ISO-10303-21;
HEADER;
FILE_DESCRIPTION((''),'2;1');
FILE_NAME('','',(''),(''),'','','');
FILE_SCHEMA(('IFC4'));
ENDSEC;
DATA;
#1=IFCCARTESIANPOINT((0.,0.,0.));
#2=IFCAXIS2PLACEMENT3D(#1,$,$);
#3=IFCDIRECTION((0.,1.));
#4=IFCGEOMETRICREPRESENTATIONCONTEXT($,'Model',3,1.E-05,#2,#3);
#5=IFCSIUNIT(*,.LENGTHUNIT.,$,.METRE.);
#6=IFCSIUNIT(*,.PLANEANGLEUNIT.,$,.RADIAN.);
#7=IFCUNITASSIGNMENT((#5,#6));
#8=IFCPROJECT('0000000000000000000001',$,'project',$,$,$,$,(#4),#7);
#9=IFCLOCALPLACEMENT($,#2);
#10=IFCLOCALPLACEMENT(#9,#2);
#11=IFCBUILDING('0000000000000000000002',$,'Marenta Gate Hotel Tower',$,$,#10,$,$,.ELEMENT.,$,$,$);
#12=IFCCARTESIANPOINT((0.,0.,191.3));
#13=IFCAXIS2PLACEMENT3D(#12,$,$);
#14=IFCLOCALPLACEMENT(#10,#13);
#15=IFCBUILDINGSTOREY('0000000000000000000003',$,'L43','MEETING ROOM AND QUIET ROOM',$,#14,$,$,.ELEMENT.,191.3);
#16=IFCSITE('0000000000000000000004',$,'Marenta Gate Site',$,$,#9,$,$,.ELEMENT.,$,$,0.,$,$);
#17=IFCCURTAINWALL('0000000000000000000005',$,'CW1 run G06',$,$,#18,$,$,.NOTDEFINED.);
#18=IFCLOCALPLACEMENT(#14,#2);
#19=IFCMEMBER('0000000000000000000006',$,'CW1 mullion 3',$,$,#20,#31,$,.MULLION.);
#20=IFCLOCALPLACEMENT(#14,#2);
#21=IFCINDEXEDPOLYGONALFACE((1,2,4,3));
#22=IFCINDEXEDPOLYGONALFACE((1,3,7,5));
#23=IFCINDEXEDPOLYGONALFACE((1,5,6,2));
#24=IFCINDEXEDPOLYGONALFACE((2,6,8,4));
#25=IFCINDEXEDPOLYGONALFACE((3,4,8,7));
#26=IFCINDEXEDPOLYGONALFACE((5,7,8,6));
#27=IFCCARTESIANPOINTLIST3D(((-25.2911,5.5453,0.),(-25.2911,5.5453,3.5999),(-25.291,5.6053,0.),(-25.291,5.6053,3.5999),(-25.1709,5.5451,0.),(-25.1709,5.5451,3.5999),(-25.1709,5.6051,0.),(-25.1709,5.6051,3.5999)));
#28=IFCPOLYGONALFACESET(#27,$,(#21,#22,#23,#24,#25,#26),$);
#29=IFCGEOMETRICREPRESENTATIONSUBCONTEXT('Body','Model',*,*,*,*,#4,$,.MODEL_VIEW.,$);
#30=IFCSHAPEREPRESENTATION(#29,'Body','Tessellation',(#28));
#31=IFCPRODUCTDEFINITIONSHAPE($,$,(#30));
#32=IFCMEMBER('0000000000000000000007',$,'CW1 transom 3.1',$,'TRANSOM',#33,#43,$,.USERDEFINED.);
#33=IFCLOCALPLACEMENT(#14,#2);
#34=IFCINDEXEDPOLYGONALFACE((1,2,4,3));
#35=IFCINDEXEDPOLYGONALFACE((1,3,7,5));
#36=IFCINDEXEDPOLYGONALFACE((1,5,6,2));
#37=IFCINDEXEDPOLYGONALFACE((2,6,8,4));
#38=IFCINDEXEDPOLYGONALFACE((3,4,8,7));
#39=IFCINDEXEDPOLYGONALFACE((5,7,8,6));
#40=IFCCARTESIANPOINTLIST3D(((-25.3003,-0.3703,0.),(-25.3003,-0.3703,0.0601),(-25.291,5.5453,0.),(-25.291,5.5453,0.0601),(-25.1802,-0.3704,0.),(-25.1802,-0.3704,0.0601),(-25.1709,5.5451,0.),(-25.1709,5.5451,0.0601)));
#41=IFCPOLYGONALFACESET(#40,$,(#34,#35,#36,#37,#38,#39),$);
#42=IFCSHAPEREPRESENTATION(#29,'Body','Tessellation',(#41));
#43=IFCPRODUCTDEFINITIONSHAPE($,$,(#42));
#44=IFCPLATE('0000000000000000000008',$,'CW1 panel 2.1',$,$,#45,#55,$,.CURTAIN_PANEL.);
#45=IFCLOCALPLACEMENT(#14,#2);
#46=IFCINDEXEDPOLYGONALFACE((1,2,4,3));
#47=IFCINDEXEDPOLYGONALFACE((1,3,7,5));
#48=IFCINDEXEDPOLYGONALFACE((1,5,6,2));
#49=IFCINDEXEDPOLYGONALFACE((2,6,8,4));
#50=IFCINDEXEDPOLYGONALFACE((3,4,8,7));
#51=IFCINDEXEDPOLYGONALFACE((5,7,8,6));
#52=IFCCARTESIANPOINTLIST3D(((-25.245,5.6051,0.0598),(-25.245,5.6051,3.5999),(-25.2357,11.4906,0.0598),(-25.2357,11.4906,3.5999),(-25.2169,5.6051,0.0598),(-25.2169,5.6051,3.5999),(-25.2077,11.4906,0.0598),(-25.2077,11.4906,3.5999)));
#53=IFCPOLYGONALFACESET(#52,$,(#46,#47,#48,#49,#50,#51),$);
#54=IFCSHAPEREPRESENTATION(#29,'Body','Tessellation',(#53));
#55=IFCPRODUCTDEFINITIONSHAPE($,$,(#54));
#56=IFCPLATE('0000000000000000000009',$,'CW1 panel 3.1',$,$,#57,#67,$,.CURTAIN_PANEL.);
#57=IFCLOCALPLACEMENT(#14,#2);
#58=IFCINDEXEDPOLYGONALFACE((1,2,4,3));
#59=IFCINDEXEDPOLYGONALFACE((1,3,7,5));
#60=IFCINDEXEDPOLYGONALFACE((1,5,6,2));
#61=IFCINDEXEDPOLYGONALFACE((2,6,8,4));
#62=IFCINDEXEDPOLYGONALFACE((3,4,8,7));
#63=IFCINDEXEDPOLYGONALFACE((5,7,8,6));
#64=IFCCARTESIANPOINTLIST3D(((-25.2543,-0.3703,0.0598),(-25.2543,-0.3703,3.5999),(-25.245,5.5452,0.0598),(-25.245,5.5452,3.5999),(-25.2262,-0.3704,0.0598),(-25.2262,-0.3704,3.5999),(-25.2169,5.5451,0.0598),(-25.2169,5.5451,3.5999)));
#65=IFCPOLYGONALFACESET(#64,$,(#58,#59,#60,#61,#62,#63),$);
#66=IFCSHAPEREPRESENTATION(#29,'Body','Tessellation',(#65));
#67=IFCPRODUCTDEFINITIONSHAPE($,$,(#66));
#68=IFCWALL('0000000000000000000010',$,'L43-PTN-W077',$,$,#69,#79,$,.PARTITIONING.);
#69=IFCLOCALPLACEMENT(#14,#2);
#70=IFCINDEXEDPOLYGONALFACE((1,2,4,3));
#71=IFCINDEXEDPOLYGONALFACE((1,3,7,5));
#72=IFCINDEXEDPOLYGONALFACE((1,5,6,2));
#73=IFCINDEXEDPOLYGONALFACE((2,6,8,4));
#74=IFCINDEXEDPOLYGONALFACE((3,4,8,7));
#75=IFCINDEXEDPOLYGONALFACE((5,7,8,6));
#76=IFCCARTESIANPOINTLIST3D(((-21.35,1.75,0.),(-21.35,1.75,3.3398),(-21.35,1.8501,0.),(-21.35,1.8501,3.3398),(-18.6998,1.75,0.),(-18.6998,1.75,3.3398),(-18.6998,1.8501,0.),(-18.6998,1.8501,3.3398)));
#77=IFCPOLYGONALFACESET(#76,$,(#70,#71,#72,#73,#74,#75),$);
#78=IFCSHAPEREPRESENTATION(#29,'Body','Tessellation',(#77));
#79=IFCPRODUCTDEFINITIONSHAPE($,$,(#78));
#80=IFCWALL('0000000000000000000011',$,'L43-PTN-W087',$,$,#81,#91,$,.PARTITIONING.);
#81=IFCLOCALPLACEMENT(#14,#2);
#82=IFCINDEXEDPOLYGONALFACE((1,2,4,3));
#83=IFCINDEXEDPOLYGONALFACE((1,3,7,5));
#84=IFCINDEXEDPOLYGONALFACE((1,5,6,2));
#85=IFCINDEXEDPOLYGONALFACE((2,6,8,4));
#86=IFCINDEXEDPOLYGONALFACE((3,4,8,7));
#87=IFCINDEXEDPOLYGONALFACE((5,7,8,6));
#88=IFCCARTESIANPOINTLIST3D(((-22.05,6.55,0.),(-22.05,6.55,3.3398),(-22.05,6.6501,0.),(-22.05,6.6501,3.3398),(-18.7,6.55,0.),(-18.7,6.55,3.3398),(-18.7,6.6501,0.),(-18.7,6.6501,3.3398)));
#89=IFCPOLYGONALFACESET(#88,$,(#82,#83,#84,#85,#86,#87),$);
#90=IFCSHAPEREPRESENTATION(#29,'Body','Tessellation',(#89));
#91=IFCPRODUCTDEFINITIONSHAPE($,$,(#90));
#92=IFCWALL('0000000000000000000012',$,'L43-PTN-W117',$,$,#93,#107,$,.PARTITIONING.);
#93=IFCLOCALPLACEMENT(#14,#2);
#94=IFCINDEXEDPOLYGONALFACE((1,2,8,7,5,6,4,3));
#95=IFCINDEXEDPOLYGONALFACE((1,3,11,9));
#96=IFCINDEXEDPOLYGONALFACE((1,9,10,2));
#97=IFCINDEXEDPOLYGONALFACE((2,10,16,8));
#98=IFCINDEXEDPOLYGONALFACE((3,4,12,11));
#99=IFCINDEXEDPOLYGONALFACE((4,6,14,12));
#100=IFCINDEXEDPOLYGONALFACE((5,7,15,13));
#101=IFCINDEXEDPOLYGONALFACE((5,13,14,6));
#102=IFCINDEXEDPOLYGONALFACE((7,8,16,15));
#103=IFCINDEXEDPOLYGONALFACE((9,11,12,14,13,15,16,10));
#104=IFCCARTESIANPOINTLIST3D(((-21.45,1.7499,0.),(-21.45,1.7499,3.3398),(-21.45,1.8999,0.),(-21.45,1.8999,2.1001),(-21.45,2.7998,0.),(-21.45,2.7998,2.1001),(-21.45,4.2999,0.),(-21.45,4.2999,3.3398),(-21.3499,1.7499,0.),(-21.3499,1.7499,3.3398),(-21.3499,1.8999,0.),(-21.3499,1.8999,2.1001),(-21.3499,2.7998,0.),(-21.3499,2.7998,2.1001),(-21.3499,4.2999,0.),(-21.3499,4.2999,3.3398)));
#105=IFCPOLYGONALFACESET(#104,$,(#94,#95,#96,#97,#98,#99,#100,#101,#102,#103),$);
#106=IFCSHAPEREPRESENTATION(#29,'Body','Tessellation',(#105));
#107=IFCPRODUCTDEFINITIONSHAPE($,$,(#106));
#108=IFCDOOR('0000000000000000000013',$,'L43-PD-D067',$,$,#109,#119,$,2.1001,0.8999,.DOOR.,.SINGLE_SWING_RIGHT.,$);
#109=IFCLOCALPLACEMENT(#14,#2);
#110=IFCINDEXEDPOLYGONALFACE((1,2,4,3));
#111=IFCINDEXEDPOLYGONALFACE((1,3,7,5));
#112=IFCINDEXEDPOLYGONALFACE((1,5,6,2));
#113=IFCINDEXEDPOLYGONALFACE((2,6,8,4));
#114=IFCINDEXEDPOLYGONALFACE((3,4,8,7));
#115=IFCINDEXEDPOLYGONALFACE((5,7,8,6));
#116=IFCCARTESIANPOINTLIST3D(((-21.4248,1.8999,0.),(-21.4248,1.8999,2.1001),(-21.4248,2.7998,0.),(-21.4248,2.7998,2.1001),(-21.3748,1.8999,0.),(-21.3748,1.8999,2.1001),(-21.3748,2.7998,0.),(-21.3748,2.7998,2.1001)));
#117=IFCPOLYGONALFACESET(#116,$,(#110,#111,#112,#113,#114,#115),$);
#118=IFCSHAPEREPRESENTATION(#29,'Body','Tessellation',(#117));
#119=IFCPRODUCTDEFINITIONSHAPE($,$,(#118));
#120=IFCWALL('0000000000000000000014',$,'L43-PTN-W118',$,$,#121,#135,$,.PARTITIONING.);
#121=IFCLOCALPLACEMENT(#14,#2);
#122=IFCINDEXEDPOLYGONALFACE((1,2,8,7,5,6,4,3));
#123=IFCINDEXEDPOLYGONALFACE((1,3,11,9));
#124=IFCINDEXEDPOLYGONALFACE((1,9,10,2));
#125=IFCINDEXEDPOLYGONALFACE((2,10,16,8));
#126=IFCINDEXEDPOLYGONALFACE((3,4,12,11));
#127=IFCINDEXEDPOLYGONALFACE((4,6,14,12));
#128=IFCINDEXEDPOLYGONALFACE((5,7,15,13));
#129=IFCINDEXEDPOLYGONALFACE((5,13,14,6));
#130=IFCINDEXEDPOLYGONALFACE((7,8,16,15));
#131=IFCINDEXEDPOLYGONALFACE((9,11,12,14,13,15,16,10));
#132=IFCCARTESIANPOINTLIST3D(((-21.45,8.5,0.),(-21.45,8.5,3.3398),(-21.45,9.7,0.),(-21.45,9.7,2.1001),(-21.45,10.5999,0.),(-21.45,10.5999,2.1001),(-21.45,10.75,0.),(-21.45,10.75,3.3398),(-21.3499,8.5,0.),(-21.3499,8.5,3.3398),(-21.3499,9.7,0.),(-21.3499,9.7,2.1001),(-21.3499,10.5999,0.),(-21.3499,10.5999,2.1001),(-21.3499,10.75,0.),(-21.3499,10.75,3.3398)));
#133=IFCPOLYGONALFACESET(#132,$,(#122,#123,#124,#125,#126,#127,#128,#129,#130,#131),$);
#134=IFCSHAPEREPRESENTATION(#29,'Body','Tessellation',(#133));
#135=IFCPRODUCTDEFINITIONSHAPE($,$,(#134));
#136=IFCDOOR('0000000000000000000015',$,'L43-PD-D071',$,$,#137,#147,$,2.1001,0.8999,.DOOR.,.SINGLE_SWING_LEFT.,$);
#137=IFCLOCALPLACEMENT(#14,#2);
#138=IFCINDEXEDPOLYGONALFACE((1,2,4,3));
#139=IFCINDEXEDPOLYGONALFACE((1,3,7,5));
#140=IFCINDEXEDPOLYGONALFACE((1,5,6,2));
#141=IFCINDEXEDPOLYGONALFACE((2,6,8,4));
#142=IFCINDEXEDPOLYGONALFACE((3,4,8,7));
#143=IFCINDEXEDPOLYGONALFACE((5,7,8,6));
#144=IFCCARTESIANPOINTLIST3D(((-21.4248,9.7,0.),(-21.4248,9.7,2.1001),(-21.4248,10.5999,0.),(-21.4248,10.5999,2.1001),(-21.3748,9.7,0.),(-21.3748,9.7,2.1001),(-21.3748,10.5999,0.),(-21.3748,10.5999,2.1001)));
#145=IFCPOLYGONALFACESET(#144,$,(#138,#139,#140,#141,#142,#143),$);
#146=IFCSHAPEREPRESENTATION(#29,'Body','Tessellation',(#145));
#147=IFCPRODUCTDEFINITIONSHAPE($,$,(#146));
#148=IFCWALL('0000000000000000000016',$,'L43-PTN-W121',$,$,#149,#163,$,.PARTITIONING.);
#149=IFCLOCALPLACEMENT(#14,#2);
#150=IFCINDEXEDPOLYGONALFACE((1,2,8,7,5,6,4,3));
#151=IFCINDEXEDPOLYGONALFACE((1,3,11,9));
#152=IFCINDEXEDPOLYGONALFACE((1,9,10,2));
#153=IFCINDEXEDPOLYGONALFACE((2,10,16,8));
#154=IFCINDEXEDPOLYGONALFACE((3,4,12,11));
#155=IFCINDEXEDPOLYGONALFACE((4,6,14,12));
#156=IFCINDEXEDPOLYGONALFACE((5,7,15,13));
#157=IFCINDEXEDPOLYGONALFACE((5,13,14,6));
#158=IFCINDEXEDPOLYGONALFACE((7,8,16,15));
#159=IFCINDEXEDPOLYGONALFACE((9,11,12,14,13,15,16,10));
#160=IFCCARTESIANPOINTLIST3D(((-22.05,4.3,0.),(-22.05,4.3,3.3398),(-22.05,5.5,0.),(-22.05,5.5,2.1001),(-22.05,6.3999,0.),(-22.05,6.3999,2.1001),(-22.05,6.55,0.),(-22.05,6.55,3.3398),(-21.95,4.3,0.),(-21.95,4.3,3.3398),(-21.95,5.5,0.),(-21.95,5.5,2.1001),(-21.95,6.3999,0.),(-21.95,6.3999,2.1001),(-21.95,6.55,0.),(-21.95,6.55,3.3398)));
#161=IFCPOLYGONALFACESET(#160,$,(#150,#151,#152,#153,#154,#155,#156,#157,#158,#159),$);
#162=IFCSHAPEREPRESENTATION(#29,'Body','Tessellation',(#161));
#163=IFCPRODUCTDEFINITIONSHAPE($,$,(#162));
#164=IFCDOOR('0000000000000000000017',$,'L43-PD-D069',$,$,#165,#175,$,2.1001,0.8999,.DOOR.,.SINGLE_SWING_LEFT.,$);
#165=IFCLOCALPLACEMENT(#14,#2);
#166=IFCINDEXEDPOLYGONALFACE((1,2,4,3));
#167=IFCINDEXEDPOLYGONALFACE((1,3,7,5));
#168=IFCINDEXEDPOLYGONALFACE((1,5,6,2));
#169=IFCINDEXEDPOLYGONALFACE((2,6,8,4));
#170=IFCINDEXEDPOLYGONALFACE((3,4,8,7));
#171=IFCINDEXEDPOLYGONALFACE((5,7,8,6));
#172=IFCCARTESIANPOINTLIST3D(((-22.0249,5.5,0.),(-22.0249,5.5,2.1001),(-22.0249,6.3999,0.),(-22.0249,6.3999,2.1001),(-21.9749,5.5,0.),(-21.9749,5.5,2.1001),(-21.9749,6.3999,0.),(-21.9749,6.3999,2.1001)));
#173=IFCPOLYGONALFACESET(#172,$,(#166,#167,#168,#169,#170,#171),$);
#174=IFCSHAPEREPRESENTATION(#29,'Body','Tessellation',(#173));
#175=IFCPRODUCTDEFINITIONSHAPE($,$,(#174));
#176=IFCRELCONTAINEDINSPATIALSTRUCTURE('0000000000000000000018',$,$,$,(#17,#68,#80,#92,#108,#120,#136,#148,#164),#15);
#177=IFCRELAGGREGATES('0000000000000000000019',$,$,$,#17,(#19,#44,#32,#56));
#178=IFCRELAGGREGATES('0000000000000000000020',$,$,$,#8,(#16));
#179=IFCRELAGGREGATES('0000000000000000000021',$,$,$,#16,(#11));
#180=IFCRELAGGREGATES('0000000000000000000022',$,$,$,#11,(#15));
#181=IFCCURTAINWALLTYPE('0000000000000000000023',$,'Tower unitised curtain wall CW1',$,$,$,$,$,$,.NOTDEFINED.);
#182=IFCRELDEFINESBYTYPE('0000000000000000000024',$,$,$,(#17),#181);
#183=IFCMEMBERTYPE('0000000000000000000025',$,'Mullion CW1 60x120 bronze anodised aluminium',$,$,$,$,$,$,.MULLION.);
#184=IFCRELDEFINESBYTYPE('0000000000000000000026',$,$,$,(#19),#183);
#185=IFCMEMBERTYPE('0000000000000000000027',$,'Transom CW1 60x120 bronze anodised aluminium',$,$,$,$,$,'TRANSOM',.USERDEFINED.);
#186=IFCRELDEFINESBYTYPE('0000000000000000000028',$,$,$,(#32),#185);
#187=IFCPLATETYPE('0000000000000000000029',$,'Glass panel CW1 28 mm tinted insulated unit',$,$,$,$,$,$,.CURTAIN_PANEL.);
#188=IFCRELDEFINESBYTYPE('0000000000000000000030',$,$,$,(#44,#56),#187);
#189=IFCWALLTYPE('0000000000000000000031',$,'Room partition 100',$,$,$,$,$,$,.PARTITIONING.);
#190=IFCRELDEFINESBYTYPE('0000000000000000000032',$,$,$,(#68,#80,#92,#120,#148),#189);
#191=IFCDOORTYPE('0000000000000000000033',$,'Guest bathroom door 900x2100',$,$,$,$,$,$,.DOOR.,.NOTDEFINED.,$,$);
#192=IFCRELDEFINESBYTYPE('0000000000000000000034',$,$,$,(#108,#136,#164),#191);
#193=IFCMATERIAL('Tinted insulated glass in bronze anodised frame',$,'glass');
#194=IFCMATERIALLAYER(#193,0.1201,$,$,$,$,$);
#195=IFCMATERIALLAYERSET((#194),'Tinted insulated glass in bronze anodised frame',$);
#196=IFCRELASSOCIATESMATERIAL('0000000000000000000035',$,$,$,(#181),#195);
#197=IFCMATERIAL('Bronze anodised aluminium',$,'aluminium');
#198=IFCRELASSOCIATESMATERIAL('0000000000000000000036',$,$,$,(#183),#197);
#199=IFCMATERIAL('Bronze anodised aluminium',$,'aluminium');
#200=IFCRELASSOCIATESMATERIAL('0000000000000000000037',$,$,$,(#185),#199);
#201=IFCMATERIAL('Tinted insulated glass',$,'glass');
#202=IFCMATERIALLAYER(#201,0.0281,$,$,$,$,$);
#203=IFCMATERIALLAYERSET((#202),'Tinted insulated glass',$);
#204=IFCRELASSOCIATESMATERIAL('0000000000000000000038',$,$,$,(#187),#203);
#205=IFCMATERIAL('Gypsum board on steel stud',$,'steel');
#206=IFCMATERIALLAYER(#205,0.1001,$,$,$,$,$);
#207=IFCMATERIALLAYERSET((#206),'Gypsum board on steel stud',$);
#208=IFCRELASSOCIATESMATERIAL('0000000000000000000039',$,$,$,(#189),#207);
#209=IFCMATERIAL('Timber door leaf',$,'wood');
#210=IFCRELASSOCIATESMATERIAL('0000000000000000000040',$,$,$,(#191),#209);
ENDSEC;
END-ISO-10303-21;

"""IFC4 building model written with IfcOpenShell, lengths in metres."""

from ifc_helpers import new_model, si_unit, direction, frame, frame_2d, origin, origin_2d, place, context, subcontext, project, spatial, rectangle, extrude, material, layer, layer_set, material_profile, profile_set, type_object, element, fill, aggregate, save


model = new_model("IFC4")

# Units and contexts
model_context = context("Model", 3, precision=1e-05, world=origin(), true_north=direction((0.0, 1.0)))
body_context = subcontext(model_context, "Body", "Model", "MODEL_VIEW")
ifc_project = project(units=[si_unit("LENGTHUNIT", "METRE"), si_unit("PLANEANGLEUNIT", "RADIAN")], contexts=[model_context])

# Site, building, storey
site_placement = place(None, origin())
site = spatial("IfcSite", under=ifc_project, at=site_placement, Name="Marenta Gate Site", CompositionType="ELEMENT", RefElevation=0.0)
building_placement = place(site_placement, origin())
building = spatial("IfcBuilding", under=site, at=building_placement, Name="Marenta Gate Hotel Tower", CompositionType="ELEMENT")
storey_placement = place(building_placement, frame((0.0, 0.0, 191.3)))
storey = spatial("IfcBuildingStorey", under=building, at=storey_placement, Name="L43", Description="MEETING ROOM AND QUIET ROOM", CompositionType="ELEMENT", Elevation=191.3)

# Curtain wall, members, plates
ifc_material_1 = material(Name="Tinted insulated glass in bronze anodised frame", Category="glass")
ifc_layer_1 = layer(ifc_material_1, 0.1201)
ifc_layer_set_1 = layer_set([ifc_layer_1], Name="Tinted insulated glass in bronze anodised frame")
curtain_wall_type = type_object("IfcCurtainWallType", Name="Tower unitised curtain wall CW1", PredefinedType="NOTDEFINED", material=ifc_layer_set_1)
curtain_wall_placement = place(storey_placement, origin())
curtain_wall = element("IfcCurtainWall", 1, at=curtain_wall_placement, inside=storey, type_object=curtain_wall_type, Name="CW1 run G06", PredefinedType="NOTDEFINED")
ifc_material_2 = material(Name="Bronze anodised aluminium", Category="aluminium")
ifc_material_profile_1 = material_profile(ifc_material_2, rectangle(XDim=0.1201, YDim=0.0601, at=origin_2d()), Name="Mullion CW1 60x120 bronze anodised aluminium")
ifc_profile_set_1 = profile_set([ifc_material_profile_1], Name="Bronze anodised aluminium")
member_type_1 = type_object("IfcMemberType", Name="Mullion CW1 60x120 bronze anodised aluminium", PredefinedType="MULLION", material=ifc_profile_set_1)
member_1_placement = place(storey_placement, frame((-25.231, 5.5752, 0.0), z_axis=(0.0, 0.0, 1.0), x_axis=(0.999999, -0.00157, 0.0)))
member_1 = element("IfcMember", 2, at=member_1_placement, type_object=member_type_1, Name="CW1 mullion 3", PredefinedType="MULLION", context=body_context, shape_type="SweptSolid", body=[
    extrude(rectangle(XDim=0.1201, YDim=0.0601, at=origin_2d()), origin(), (0.0, 0.0, 1.0), 3.5999),
])
ifc_material_3 = material(Name="Bronze anodised aluminium", Category="aluminium")
ifc_material_profile_2 = material_profile(ifc_material_3, rectangle(XDim=0.1201, YDim=0.0601, at=origin_2d()), Name="Transom CW1 60x120 bronze anodised aluminium")
ifc_profile_set_2 = profile_set([ifc_material_profile_2], Name="Bronze anodised aluminium")
member_type_2 = type_object("IfcMemberType", Name="Transom CW1 60x120 bronze anodised aluminium", ElementType="TRANSOM", PredefinedType="USERDEFINED", material=ifc_profile_set_2)
member_2_placement = place(storey_placement, frame((-25.231, 5.5452, 0.03), z_axis=(-0.001568, -0.999999, 0.0), x_axis=(0.999999, -0.001568, 0.0)))
member_2 = element("IfcMember", 3, at=member_2_placement, type_object=member_type_2, Name="CW1 transom 3.1", ObjectType="TRANSOM", PredefinedType="USERDEFINED", context=body_context, shape_type="SweptSolid", body=[
    extrude(rectangle(XDim=0.1201, YDim=0.0601, at=origin_2d()), origin(), (0.0, 0.0, 1.0), 5.9155),
])
ifc_material_4 = material(Name="Tinted insulated glass", Category="glass")
ifc_layer_2 = layer(ifc_material_4, 0.0281)
ifc_layer_set_2 = layer_set([ifc_layer_2], Name="Tinted insulated glass")
plate_type = type_object("IfcPlateType", Name="Glass panel CW1 28 mm tinted insulated unit", PredefinedType="CURTAIN_PANEL", material=ifc_layer_set_2)
plate_1_placement = place(storey_placement, frame((-25.2263, 8.5479, 0.0598), z_axis=(0.0, 0.0, 1.0), x_axis=(-0.00157, -0.999999, 0.0)))
plate_1 = element("IfcPlate", 4, at=plate_1_placement, type_object=plate_type, Name="CW1 panel 2.1", PredefinedType="CURTAIN_PANEL", context=body_context, shape_type="SweptSolid", body=[
    extrude(rectangle(XDim=5.8855, YDim=0.0281, at=origin_2d()), origin(), (0.0, 0.0, 1.0), 3.54),
])
plate_2_placement = place(storey_placement, frame((-25.2356, 2.5874, 0.0598), z_axis=(0.0, 0.0, 1.0), x_axis=(-0.00157, -0.999999, 0.0)))
plate_2 = element("IfcPlate", 5, at=plate_2_placement, type_object=plate_type, Name="CW1 panel 3.1", PredefinedType="CURTAIN_PANEL", context=body_context, shape_type="SweptSolid", body=[
    extrude(rectangle(XDim=5.9155, YDim=0.0281, at=origin_2d()), origin(), (0.0, 0.0, 1.0), 3.54),
])
aggregate(curtain_wall, [member_1, plate_1, member_2, plate_2])

# Walls
ifc_material_5 = material(Name="Gypsum board on steel stud", Category="steel")
ifc_layer_3 = layer(ifc_material_5, 0.1001)
ifc_layer_set_3 = layer_set([ifc_layer_3], Name="Gypsum board on steel stud")
wall_type_1 = type_object("IfcWallType", Name="Room partition 100", PredefinedType="PARTITIONING", material=ifc_layer_set_3)
wall_1_placement = place(storey_placement, frame((-21.3501, 1.8, 0.0), z_axis=(0.0, 0.0, 1.0), x_axis=(1.0, 0.0, 0.0)))
element("IfcWall", 6, at=wall_1_placement, inside=storey, type_object=wall_type_1, Name="L43-PTN-W077", PredefinedType="PARTITIONING", context=body_context, shape_type="SweptSolid", body=[
    extrude(rectangle(XDim=2.6501, YDim=0.1001, at=frame_2d((1.3252, 0.0))), origin(), (0.0, 0.0, 1.0), 3.3398),
])
wall_2_placement = place(storey_placement, frame((-22.05, 6.6001, 0.0), z_axis=(0.0, 0.0, 1.0), x_axis=(1.0, 0.0, 0.0)))
element("IfcWall", 7, at=wall_2_placement, inside=storey, type_object=wall_type_1, Name="L43-PTN-W087", PredefinedType="PARTITIONING", context=body_context, shape_type="SweptSolid", body=[
    extrude(rectangle(XDim=3.3501, YDim=0.1001, at=frame_2d((1.675, 0.0))), origin(), (0.0, 0.0, 1.0), 3.3398),
])

# Walls, openings, doors
wall_3_placement = place(storey_placement, frame((-21.3999, 1.75, 0.0), z_axis=(0.0, 0.0, 1.0), x_axis=(0.0, 1.0, 0.0)))
wall_3 = element("IfcWall", 8, at=wall_3_placement, inside=storey, type_object=wall_type_1, Name="L43-PTN-W117", PredefinedType="PARTITIONING", context=body_context, shape_type="SweptSolid", body=[
    extrude(rectangle(XDim=2.55, YDim=0.1001, at=frame_2d((1.2749, 0.0))), origin(), (0.0, 0.0, 1.0), 3.3398),
])
opening_1_placement = place(wall_3_placement, frame((0.1499, 0.0, 0.0)))
opening_1 = element("IfcOpeningElement", 9, at=opening_1_placement, cuts=wall_3, PredefinedType="OPENING", context=body_context, shape_type="SweptSolid", body=[
    extrude(rectangle(XDim=0.8999, YDim=2.1001, at=frame_2d((0.45, 1.05))), frame((0.0, 0.05, 0.0), z_axis=(0.0, -1.0, 0.0), x_axis=(1.0, 0.0, 0.0)), (0.0, 0.0, 1.0), 0.1001),
])
ifc_material_6 = material(Name="Timber door leaf", Category="wood")
door_type = type_object("IfcDoorType", Name="Guest bathroom door 900x2100", OperationType="NOTDEFINED", PredefinedType="DOOR", material=ifc_material_6)
door_1_placement = place(opening_1_placement, origin())
door_1 = element("IfcDoor", 10, at=door_1_placement, inside=storey, type_object=door_type, Name="L43-PD-D067", OperationType="SINGLE_SWING_RIGHT", OverallHeight=2.1001, OverallWidth=0.8999, PredefinedType="DOOR", context=body_context, shape_type="SweptSolid", body=[
    extrude(rectangle(XDim=0.8999, YDim=2.1001, at=frame_2d((0.45, 1.05))), frame((0.0, 0.0249, 0.0), z_axis=(0.0, -1.0, 0.0), x_axis=(1.0, 0.0, 0.0)), (0.0, 0.0, 1.0), 0.05),
])
fill(opening_1, door_1)
wall_4_placement = place(storey_placement, frame((-21.3999, 8.5, 0.0), z_axis=(0.0, 0.0, 1.0), x_axis=(0.0, 1.0, 0.0)))
wall_4 = element("IfcWall", 11, at=wall_4_placement, inside=storey, type_object=wall_type_1, Name="L43-PTN-W118", PredefinedType="PARTITIONING", context=body_context, shape_type="SweptSolid", body=[
    extrude(rectangle(XDim=2.25, YDim=0.1001, at=frame_2d((1.125, 0.0))), origin(), (0.0, 0.0, 1.0), 3.3398),
])
opening_2_placement = place(wall_4_placement, frame((1.2, 0.0, 0.0)))
opening_2 = element("IfcOpeningElement", 12, at=opening_2_placement, cuts=wall_4, PredefinedType="OPENING", context=body_context, shape_type="SweptSolid", body=[
    extrude(rectangle(XDim=0.8999, YDim=2.1001, at=frame_2d((0.45, 1.05))), frame((0.0, 0.05, 0.0), z_axis=(0.0, -1.0, 0.0), x_axis=(1.0, 0.0, 0.0)), (0.0, 0.0, 1.0), 0.1001),
])
door_2_placement = place(opening_2_placement, origin())
door_2 = element("IfcDoor", 13, at=door_2_placement, inside=storey, type_object=door_type, Name="L43-PD-D071", OperationType="SINGLE_SWING_LEFT", OverallHeight=2.1001, OverallWidth=0.8999, PredefinedType="DOOR", context=body_context, shape_type="SweptSolid", body=[
    extrude(rectangle(XDim=0.8999, YDim=2.1001, at=frame_2d((0.45, 1.05))), frame((0.0, 0.0249, 0.0), z_axis=(0.0, -1.0, 0.0), x_axis=(1.0, 0.0, 0.0)), (0.0, 0.0, 1.0), 0.05),
])
fill(opening_2, door_2)
wall_5_placement = place(storey_placement, frame((-22.0, 4.3, 0.0), z_axis=(0.0, 0.0, 1.0), x_axis=(0.0, 1.0, 0.0)))
wall_5 = element("IfcWall", 14, at=wall_5_placement, inside=storey, type_object=wall_type_1, Name="L43-PTN-W121", PredefinedType="PARTITIONING", context=body_context, shape_type="SweptSolid", body=[
    extrude(rectangle(XDim=2.25, YDim=0.1001, at=frame_2d((1.125, 0.0))), origin(), (0.0, 0.0, 1.0), 3.3398),
])
opening_3_placement = place(wall_5_placement, frame((1.2, 0.0, 0.0)))
opening_3 = element("IfcOpeningElement", 15, at=opening_3_placement, cuts=wall_5, PredefinedType="OPENING", context=body_context, shape_type="SweptSolid", body=[
    extrude(rectangle(XDim=0.8999, YDim=2.1001, at=frame_2d((0.45, 1.05))), frame((0.0, 0.05, 0.0), z_axis=(0.0, -1.0, 0.0), x_axis=(1.0, 0.0, 0.0)), (0.0, 0.0, 1.0), 0.1001),
])
door_3_placement = place(opening_3_placement, origin())
door_3 = element("IfcDoor", 16, at=door_3_placement, inside=storey, type_object=door_type, Name="L43-PD-D069", OperationType="SINGLE_SWING_LEFT", OverallHeight=2.1001, OverallWidth=0.8999, PredefinedType="DOOR", context=body_context, shape_type="SweptSolid", body=[
    extrude(rectangle(XDim=0.8999, YDim=2.1001, at=frame_2d((0.45, 1.05))), frame((0.0, 0.0249, 0.0), z_axis=(0.0, -1.0, 0.0), x_axis=(1.0, 0.0, 0.0)), (0.0, 0.0, 1.0), 0.05),
])
fill(opening_3, door_3)

save(model, "model.ifc")
